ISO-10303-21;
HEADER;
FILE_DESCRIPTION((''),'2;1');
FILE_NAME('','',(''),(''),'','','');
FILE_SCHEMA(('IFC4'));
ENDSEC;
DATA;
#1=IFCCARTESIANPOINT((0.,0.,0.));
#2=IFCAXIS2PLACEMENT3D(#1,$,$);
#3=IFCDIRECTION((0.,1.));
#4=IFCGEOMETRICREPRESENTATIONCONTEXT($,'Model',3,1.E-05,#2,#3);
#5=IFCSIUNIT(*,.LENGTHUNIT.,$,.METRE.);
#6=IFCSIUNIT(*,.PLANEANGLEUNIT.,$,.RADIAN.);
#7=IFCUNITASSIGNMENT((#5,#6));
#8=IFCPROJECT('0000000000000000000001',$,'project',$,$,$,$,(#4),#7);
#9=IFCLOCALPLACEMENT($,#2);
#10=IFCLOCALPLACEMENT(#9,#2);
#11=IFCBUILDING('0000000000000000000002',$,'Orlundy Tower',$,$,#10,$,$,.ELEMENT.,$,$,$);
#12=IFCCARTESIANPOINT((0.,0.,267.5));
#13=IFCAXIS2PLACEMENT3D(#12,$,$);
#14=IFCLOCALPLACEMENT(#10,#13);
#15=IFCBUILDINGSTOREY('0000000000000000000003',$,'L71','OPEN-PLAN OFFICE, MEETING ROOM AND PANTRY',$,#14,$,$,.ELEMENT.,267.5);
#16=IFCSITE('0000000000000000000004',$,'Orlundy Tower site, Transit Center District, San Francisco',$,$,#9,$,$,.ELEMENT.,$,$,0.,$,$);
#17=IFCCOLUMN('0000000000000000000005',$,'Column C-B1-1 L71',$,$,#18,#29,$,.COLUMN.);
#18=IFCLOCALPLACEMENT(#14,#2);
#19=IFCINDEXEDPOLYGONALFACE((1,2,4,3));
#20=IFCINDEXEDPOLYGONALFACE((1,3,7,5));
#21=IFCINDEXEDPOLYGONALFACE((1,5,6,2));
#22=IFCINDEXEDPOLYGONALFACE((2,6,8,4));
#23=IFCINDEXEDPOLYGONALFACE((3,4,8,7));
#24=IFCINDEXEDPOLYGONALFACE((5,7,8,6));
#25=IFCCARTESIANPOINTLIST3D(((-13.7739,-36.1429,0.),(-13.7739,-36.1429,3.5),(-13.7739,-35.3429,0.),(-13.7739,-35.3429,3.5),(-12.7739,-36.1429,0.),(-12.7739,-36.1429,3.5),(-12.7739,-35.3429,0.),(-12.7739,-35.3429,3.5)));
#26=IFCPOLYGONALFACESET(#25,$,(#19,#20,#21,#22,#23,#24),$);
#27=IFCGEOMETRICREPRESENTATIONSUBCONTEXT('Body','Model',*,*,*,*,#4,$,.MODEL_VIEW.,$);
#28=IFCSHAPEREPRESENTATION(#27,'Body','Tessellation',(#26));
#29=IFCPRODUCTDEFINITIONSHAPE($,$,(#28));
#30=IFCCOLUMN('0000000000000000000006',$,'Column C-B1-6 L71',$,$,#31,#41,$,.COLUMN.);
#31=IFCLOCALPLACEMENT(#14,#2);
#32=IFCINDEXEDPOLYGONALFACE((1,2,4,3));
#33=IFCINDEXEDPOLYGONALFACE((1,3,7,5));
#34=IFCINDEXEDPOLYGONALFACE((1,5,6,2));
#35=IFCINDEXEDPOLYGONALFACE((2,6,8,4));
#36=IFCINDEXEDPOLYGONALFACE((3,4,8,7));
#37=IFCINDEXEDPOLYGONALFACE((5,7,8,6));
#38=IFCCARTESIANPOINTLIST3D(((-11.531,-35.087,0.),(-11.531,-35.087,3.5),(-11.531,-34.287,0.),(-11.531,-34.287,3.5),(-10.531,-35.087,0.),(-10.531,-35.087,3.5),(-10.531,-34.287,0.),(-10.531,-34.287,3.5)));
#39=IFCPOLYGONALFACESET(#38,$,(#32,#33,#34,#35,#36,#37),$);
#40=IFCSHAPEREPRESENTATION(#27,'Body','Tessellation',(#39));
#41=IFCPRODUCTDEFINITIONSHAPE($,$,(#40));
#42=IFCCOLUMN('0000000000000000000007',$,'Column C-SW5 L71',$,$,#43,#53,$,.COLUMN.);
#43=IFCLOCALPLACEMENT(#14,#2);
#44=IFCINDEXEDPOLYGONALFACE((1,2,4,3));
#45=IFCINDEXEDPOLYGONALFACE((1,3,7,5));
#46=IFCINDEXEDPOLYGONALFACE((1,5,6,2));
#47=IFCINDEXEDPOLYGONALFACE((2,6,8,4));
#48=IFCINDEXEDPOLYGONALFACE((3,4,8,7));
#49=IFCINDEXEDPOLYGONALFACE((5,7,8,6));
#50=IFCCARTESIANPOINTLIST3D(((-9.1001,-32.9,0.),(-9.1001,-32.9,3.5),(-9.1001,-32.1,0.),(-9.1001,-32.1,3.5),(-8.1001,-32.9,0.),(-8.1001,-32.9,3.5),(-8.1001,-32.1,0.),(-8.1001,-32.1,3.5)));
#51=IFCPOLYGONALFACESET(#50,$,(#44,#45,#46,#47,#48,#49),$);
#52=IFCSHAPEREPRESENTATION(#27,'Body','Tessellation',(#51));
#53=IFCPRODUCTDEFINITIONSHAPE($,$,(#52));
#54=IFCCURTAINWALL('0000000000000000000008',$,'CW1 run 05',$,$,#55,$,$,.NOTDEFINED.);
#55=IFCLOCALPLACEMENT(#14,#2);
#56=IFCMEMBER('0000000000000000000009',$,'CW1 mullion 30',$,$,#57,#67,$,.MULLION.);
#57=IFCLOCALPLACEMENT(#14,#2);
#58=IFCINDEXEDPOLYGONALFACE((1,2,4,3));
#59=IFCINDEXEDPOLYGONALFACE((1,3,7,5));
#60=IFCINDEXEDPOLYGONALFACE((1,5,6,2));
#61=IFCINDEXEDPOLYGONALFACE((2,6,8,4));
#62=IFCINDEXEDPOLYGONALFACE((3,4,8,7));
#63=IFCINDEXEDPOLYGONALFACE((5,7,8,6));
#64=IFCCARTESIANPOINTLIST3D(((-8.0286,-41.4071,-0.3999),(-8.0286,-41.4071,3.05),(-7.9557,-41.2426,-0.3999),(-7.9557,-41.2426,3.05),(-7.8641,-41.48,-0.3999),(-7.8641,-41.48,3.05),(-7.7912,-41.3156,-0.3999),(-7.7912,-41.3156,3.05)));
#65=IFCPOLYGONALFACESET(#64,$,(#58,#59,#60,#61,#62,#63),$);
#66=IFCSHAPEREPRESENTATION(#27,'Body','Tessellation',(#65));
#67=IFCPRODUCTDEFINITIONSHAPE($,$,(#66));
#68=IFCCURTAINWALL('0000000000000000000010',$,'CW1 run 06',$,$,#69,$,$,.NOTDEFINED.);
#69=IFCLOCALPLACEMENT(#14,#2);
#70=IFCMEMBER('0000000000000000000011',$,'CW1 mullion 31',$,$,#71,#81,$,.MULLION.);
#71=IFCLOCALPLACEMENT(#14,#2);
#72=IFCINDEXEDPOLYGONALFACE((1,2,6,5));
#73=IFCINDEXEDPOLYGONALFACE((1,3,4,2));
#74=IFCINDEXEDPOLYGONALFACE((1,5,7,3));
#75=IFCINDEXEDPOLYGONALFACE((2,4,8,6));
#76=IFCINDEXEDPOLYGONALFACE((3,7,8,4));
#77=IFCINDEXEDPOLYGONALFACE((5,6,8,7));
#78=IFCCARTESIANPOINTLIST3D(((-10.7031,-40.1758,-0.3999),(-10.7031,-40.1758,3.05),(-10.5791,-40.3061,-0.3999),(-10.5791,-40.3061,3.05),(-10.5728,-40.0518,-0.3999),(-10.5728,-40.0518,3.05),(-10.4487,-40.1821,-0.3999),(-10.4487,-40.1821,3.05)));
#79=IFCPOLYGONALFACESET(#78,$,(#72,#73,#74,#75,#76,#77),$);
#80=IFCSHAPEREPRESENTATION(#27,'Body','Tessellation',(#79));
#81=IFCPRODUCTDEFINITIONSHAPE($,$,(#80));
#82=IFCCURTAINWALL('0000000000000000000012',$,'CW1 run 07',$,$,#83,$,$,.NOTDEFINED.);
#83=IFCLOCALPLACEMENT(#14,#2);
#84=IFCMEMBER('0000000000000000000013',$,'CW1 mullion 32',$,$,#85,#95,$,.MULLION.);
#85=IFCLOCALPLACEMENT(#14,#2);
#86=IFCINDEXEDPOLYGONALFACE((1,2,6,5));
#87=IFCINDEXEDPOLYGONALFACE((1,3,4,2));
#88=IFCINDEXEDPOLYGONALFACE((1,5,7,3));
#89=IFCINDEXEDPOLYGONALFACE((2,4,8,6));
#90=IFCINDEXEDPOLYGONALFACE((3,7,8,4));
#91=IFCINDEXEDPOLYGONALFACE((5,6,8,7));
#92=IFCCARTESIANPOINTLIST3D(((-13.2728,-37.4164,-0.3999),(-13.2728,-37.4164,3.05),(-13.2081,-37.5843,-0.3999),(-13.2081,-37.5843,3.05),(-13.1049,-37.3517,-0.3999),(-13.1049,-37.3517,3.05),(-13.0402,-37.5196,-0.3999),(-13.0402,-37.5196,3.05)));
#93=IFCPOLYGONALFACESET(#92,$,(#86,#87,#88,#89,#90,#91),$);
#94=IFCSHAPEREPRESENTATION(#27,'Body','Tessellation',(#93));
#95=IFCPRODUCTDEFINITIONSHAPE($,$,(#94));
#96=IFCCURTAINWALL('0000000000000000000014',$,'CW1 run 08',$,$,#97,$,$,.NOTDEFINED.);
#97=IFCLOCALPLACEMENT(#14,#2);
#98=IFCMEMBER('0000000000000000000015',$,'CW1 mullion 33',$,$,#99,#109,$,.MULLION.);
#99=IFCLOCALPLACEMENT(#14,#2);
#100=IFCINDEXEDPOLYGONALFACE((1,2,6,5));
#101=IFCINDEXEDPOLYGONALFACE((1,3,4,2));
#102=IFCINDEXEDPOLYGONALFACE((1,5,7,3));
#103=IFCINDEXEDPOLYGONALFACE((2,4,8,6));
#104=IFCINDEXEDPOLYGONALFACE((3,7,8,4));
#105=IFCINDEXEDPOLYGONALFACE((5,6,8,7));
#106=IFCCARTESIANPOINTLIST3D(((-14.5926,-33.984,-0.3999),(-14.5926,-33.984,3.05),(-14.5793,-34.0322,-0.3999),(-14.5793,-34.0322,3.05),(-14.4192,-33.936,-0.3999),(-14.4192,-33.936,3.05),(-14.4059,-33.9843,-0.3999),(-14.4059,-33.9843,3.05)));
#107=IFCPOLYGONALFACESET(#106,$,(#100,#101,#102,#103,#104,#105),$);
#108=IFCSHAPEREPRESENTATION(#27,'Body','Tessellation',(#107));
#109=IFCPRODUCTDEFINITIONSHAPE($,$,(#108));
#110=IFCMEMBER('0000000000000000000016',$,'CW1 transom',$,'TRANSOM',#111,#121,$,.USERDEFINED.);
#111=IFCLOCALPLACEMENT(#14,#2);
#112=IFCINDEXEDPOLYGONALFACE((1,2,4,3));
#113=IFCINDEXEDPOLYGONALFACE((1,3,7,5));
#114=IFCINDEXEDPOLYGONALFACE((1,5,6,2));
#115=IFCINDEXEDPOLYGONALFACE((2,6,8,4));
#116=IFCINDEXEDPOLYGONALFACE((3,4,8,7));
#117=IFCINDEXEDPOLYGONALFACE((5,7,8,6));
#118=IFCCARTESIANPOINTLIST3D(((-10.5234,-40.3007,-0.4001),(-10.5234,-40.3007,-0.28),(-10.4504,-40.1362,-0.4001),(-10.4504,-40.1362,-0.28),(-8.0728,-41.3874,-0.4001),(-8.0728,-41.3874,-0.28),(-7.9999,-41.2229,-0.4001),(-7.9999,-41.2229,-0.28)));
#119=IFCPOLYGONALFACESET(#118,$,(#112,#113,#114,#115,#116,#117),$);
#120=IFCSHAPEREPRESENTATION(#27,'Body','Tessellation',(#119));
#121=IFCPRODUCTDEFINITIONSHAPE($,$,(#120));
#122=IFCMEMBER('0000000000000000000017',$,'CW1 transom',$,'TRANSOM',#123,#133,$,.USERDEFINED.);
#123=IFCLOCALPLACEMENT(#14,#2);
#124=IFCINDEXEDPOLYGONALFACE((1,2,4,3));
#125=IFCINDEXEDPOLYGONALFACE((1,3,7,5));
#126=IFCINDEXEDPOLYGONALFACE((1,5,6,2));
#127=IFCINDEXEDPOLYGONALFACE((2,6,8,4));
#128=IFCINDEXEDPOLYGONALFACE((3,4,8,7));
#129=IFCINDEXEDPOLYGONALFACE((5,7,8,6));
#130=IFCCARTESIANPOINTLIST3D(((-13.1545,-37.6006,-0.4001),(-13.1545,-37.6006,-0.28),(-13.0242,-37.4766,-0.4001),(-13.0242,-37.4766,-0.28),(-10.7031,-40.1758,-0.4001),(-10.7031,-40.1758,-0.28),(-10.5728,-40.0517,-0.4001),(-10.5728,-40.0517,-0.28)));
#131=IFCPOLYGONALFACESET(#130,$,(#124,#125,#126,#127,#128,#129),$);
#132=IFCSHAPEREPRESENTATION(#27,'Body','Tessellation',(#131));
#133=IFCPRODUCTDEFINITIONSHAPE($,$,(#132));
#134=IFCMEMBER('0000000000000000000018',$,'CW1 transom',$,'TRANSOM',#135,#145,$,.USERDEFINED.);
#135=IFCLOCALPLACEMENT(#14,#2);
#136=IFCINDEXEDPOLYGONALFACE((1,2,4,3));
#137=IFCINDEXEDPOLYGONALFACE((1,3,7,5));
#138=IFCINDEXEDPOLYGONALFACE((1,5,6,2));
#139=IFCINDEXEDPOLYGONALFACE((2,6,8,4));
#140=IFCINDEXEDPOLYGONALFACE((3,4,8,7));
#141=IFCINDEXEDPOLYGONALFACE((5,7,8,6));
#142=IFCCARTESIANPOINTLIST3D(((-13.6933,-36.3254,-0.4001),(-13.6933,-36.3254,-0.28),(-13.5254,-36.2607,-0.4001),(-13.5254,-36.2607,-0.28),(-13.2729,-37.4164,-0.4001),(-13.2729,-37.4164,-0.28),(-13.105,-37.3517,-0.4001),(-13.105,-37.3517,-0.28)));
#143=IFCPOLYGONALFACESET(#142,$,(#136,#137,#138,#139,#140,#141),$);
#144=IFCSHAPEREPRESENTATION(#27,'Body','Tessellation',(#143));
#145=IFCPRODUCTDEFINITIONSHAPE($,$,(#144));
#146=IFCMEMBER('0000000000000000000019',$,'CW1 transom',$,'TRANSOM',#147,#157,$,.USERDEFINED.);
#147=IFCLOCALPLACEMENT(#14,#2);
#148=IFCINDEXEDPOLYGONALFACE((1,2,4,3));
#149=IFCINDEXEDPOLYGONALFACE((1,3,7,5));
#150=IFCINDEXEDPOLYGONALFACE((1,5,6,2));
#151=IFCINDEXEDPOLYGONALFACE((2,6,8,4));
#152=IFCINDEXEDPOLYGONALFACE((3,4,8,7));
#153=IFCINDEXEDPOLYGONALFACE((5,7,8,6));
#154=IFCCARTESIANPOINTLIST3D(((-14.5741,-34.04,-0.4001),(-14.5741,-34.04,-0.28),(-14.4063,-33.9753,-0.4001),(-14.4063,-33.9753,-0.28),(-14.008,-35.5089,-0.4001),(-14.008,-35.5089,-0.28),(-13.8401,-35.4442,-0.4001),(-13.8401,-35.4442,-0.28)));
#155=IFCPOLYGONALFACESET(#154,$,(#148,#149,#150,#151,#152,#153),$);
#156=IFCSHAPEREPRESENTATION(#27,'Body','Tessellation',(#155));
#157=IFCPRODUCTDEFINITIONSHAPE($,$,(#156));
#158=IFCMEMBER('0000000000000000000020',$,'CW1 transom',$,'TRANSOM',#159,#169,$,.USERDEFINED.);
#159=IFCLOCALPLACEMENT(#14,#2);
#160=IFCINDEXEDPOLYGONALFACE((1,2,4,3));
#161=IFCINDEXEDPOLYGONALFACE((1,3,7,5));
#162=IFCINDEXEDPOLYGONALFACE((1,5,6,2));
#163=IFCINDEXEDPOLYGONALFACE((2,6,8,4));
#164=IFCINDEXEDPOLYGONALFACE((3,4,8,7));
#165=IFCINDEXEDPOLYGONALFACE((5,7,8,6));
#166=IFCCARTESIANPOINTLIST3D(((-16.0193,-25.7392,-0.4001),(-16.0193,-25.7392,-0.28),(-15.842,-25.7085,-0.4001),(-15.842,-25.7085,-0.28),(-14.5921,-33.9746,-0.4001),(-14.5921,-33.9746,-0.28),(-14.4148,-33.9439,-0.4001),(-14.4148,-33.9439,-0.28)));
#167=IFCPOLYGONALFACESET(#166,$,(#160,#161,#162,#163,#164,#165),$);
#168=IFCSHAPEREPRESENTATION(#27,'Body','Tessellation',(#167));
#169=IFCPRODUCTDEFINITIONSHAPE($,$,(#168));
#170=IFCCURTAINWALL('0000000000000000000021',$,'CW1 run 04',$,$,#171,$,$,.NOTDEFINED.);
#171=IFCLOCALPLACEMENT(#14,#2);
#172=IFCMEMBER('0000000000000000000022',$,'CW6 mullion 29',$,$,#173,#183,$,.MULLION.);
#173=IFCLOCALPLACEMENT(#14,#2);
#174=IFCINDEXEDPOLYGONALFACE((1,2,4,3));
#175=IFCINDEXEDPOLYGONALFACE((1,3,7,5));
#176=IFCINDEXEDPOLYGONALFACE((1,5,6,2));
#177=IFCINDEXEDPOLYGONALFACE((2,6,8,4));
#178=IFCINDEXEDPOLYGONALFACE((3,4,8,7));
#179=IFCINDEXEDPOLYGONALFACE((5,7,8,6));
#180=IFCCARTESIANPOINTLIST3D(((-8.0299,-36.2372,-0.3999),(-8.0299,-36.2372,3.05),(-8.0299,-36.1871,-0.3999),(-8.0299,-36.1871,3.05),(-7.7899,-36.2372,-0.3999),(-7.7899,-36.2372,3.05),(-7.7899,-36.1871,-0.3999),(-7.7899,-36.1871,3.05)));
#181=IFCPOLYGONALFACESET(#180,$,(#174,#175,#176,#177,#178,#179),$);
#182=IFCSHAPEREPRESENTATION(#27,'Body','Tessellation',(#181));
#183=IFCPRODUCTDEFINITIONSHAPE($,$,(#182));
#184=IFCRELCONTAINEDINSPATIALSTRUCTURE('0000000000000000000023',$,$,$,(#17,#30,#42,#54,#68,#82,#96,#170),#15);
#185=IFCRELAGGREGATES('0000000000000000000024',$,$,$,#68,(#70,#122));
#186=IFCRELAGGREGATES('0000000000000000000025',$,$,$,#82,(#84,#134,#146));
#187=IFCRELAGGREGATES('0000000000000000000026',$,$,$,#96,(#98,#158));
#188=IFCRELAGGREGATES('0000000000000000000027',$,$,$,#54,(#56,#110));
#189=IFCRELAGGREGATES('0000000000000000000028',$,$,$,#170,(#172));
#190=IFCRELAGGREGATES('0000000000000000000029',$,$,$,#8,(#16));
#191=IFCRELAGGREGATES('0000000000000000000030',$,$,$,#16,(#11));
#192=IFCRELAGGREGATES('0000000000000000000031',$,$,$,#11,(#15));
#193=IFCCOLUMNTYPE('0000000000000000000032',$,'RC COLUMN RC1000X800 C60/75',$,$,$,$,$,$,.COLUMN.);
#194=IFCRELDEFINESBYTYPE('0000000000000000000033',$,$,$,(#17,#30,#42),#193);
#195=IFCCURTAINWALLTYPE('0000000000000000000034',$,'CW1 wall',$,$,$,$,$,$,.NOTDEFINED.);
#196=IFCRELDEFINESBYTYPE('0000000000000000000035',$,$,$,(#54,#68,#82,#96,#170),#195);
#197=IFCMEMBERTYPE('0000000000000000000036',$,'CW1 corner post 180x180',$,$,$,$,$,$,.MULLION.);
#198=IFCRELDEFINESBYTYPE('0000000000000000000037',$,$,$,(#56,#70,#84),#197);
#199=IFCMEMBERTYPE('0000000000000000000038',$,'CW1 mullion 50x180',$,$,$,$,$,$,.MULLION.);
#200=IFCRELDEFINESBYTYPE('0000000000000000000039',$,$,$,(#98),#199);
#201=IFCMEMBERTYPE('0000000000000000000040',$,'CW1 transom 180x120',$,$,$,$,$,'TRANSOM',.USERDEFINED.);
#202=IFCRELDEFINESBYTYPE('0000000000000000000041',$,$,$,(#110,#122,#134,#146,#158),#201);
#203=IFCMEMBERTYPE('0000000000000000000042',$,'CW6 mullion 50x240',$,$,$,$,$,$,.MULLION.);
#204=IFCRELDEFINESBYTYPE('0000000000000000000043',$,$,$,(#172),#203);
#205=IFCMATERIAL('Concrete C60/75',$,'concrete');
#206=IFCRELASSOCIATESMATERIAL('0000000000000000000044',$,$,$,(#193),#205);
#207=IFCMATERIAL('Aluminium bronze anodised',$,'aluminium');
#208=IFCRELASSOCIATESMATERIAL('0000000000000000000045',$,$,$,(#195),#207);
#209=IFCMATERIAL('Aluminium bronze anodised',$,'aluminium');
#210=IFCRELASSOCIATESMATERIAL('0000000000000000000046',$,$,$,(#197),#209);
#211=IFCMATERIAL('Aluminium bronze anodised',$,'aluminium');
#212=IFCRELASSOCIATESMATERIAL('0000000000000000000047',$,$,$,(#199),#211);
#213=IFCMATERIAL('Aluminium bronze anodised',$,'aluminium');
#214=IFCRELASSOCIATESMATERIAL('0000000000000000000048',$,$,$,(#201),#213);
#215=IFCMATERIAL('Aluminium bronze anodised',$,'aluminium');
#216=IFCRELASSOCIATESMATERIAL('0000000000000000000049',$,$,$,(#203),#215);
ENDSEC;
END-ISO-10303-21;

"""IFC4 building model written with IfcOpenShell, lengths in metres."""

from ifc_helpers import new_model, si_unit, direction, frame, origin, origin_2d, place, context, subcontext, project, spatial, rectangle, extrude, material, material_profile, profile_set, type_object, element, aggregate, save


model = new_model("IFC4")

# Units and contexts
model_context = context("Model", 3, precision=1e-05, world=origin(), true_north=direction((0.0, 1.0)))
body_context = subcontext(model_context, "Body", "Model", "MODEL_VIEW")
ifc_project = project(units=[si_unit("LENGTHUNIT", "METRE"), si_unit("PLANEANGLEUNIT", "RADIAN")], contexts=[model_context])

# Site, building, storey
site_placement = place(None, origin())
site = spatial("IfcSite", under=ifc_project, at=site_placement, Name="Orlundy Tower site, Transit Center District, San Francisco", CompositionType="ELEMENT", RefElevation=0.0)
building_placement = place(site_placement, origin())
building = spatial("IfcBuilding", under=site, at=building_placement, Name="Orlundy Tower", CompositionType="ELEMENT")
storey_placement = place(building_placement, frame((0.0, 0.0, 267.5)))
storey = spatial("IfcBuildingStorey", under=building, at=storey_placement, Name="L71", Description="OPEN-PLAN OFFICE, MEETING ROOM AND PANTRY", CompositionType="ELEMENT", Elevation=267.5)

# Columns
ifc_material_1 = material(Name="Concrete C60/75", Category="concrete")
ifc_material_profile_1 = material_profile(ifc_material_1, rectangle(XDim=1.0, YDim=0.8, at=origin_2d()), Name="RC1000X800")
ifc_profile_set_1 = profile_set([ifc_material_profile_1], Name="Concrete C60/75")
column_type = type_object("IfcColumnType", Name="RC COLUMN RC1000X800 C60/75", PredefinedType="COLUMN", material=ifc_profile_set_1)
for number, where, z_axis, x_axis, name in (
    (1, (-13.2739, -35.7429, 0.0), (0.0, 0.0, 1.0), (1.0, 0.0, 0.0), "Column C-B1-1 L71"),
    (2, (-11.031, -34.687, 0.0), (0.0, 0.0, 1.0), (1.0, 0.0, 0.0), "Column C-B1-6 L71"),
    (3, (-8.6001, -32.5, 0.0), (0.0, 0.0, 1.0), (1.0, 0.0, 0.0), "Column C-SW5 L71"),
):
    element("IfcColumn", number, at=place(storey_placement, frame(where, z_axis=z_axis, x_axis=x_axis)), inside=storey, type_object=column_type, Name=name, PredefinedType="COLUMN", context=body_context, shape_type="SweptSolid", body=[
        extrude(rectangle(XDim=1.0, YDim=0.8, at=origin_2d()), origin(), (0.0, 0.0, 1.0), 3.5),
    ])

# Curtain walls, members
ifc_material_2 = material(Name="Aluminium bronze anodised", Category="aluminium")
curtain_wall_type = type_object("IfcCurtainWallType", Name="CW1 wall", PredefinedType="NOTDEFINED", material=ifc_material_2)
curtain_wall_1_placement = place(storey_placement, origin())
curtain_wall_1 = element("IfcCurtainWall", 4, at=curtain_wall_1_placement, inside=storey, type_object=curtain_wall_type, Name="CW1 run 05", PredefinedType="NOTDEFINED")
ifc_material_3 = material(Name="Aluminium bronze anodised", Category="aluminium")
ifc_material_profile_2 = material_profile(ifc_material_3, rectangle(XDim=0.1799, YDim=0.1799, at=origin_2d()), Name="CW1 corner post 180x180")
ifc_profile_set_2 = profile_set([ifc_material_profile_2], Name="Aluminium bronze anodised")
member_type_1 = type_object("IfcMemberType", Name="CW1 corner post 180x180", PredefinedType="MULLION", material=ifc_profile_set_2)
member_1_placement = place(storey_placement, frame((-7.9099, -41.3613, -0.3999), z_axis=(0.0, 0.0, 1.0), x_axis=(-0.405432, -0.914125, 0.0)))
member_1 = element("IfcMember", 5, at=member_1_placement, type_object=member_type_1, Name="CW1 mullion 30", PredefinedType="MULLION", context=body_context, shape_type="SweptSolid", body=[
    extrude(rectangle(XDim=0.1799, YDim=0.1799, at=origin_2d()), origin(), (0.0, 0.0, 1.0), 3.45),
])
curtain_wall_2_placement = place(storey_placement, origin())
curtain_wall_2 = element("IfcCurtainWall", 6, at=curtain_wall_2_placement, inside=storey, type_object=curtain_wall_type, Name="CW1 run 06", PredefinedType="NOTDEFINED")
member_2_placement = place(storey_placement, frame((-10.5759, -40.179, -0.3999), z_axis=(0.0, 0.0, 1.0), x_axis=(-0.724292, -0.689493, 0.0)))
member_2 = element("IfcMember", 7, at=member_2_placement, type_object=member_type_1, Name="CW1 mullion 31", PredefinedType="MULLION", context=body_context, shape_type="SweptSolid", body=[
    extrude(rectangle(XDim=0.1799, YDim=0.1799, at=origin_2d()), origin(), (0.0, 0.0, 1.0), 3.45),
])
curtain_wall_3_placement = place(storey_placement, origin())
curtain_wall_3 = element("IfcCurtainWall", 8, at=curtain_wall_3_placement, inside=storey, type_object=curtain_wall_type, Name="CW1 run 07", PredefinedType="NOTDEFINED")
member_3_placement = place(storey_placement, frame((-13.1565, -37.468, -0.3999), z_axis=(0.0, 0.0, 1.0), x_axis=(-0.933109, -0.359594, 0.0)))
member_3 = element("IfcMember", 9, at=member_3_placement, type_object=member_type_1, Name="CW1 mullion 32", PredefinedType="MULLION", context=body_context, shape_type="SweptSolid", body=[
    extrude(rectangle(XDim=0.1799, YDim=0.1799, at=origin_2d()), origin(), (0.0, 0.0, 1.0), 3.45),
])
curtain_wall_4_placement = place(storey_placement, origin())
curtain_wall_4 = element("IfcCurtainWall", 10, at=curtain_wall_4_placement, inside=storey, type_object=curtain_wall_type, Name="CW1 run 08", PredefinedType="NOTDEFINED")
ifc_material_4 = material(Name="Aluminium bronze anodised", Category="aluminium")
ifc_material_profile_3 = material_profile(ifc_material_4, rectangle(XDim=0.1799, YDim=0.05, at=origin_2d()), Name="CW1 mullion 50x180")
ifc_profile_set_3 = profile_set([ifc_material_profile_3], Name="Aluminium bronze anodised")
member_type_2 = type_object("IfcMemberType", Name="CW1 mullion 50x180", PredefinedType="MULLION", material=ifc_profile_set_3)
member_4_placement = place(storey_placement, frame((-14.4993, -33.9841, -0.3999), z_axis=(0.0, 0.0, 1.0), x_axis=(-0.963846, -0.26646, 0.0)))
member_4 = element("IfcMember", 11, at=member_4_placement, type_object=member_type_2, Name="CW1 mullion 33", PredefinedType="MULLION", context=body_context, shape_type="SweptSolid", body=[
    extrude(rectangle(XDim=0.1799, YDim=0.05, at=origin_2d()), origin(), (0.0, 0.0, 1.0), 3.45),
])

# Members
ifc_material_5 = material(Name="Aluminium bronze anodised", Category="aluminium")
ifc_material_profile_4 = material_profile(ifc_material_5, rectangle(XDim=0.1799, YDim=0.1201, at=origin_2d()), Name="CW1 transom 180x120")
ifc_profile_set_4 = profile_set([ifc_material_profile_4], Name="Aluminium bronze anodised")
member_type_3 = type_object("IfcMemberType", Name="CW1 transom 180x120", ElementType="TRANSOM", PredefinedType="USERDEFINED", material=ifc_profile_set_4)
member_5_placement = place(storey_placement, frame((-8.0364, -41.3052, -0.3401), z_axis=(-0.914146, 0.405386, 0.0), x_axis=(-0.405386, -0.914146, 0.0)))
member_5 = element("IfcMember", 12, at=member_5_placement, type_object=member_type_3, Name="CW1 transom", ObjectType="TRANSOM", PredefinedType="USERDEFINED", context=body_context, shape_type="SweptSolid", body=[
    extrude(rectangle(XDim=0.1799, YDim=0.1201, at=origin_2d()), origin(), (0.0, 0.0, 1.0), 2.6807),
])
member_6_placement = place(storey_placement, frame((-10.6379, -40.1138, -0.3401), z_axis=(-0.689485, 0.7243, 0.0), x_axis=(-0.7243, -0.689485, 0.0)))
member_6 = element("IfcMember", 13, at=member_6_placement, type_object=member_type_3, Name="CW1 transom", ObjectType="TRANSOM", PredefinedType="USERDEFINED", context=body_context, shape_type="SweptSolid", body=[
    extrude(rectangle(XDim=0.1799, YDim=0.1201, at=origin_2d()), origin(), (0.0, 0.0, 1.0), 3.5554),
])
member_7_placement = place(storey_placement, frame((-13.189, -37.384, -0.3401), z_axis=(-0.359553, 0.933125, 0.0), x_axis=(-0.933125, -0.359553, 0.0)))
member_7 = element("IfcMember", 14, at=member_7_placement, type_object=member_type_3, Name="CW1 transom", ObjectType="TRANSOM", PredefinedType="USERDEFINED", context=body_context, shape_type="SweptSolid", body=[
    extrude(rectangle(XDim=0.1799, YDim=0.1201, at=origin_2d()), origin(), (0.0, 0.0, 1.0), 1.1692),
])
member_8_placement = place(storey_placement, frame((-13.9241, -35.4766, -0.3401), z_axis=(-0.359623, 0.933098, 0.0), x_axis=(-0.933098, -0.359623, 0.0)))
member_8 = element("IfcMember", 15, at=member_8_placement, type_object=member_type_3, Name="CW1 transom", ObjectType="TRANSOM", PredefinedType="USERDEFINED", context=body_context, shape_type="SweptSolid", body=[
    extrude(rectangle(XDim=0.1799, YDim=0.1201, at=origin_2d()), origin(), (0.0, 0.0, 1.0), 1.5742),
])
member_9_placement = place(storey_placement, frame((-14.5034, -33.9592, -0.3401), z_axis=(-0.170762, 0.985312, 0.0), x_axis=(-0.985312, -0.170762, 0.0)))
member_9 = element("IfcMember", 16, at=member_9_placement, type_object=member_type_3, Name="CW1 transom", ObjectType="TRANSOM", PredefinedType="USERDEFINED", context=body_context, shape_type="SweptSolid", body=[
    extrude(rectangle(XDim=0.1799, YDim=0.1201, at=origin_2d()), origin(), (0.0, 0.0, 1.0), 8.3582),
])

# Curtain wall, member
curtain_wall_5_placement = place(storey_placement, origin())
curtain_wall_5 = element("IfcCurtainWall", 17, at=curtain_wall_5_placement, inside=storey, type_object=curtain_wall_type, Name="CW1 run 04", PredefinedType="NOTDEFINED")
ifc_material_6 = material(Name="Aluminium bronze anodised", Category="aluminium")
ifc_material_profile_5 = material_profile(ifc_material_6, rectangle(XDim=0.24, YDim=0.05, at=origin_2d()), Name="CW6 mullion 50x240")
ifc_profile_set_5 = profile_set([ifc_material_profile_5], Name="Aluminium bronze anodised")
member_type_4 = type_object("IfcMemberType", Name="CW6 mullion 50x240", PredefinedType="MULLION", material=ifc_profile_set_5)
member_10_placement = place(storey_placement, frame((-7.9099, -36.2122, -0.3999), z_axis=(0.0, 0.0, 1.0), x_axis=(1.0, 0.0, 0.0)))
member_10 = element("IfcMember", 18, at=member_10_placement, type_object=member_type_4, Name="CW6 mullion 29", PredefinedType="MULLION", context=body_context, shape_type="SweptSolid", body=[
    extrude(rectangle(XDim=0.24, YDim=0.05, at=origin_2d()), origin(), (0.0, 0.0, 1.0), 3.45),
])

aggregate(curtain_wall_2, [member_2, member_6])
aggregate(curtain_wall_3, [member_3, member_7, member_8])
aggregate(curtain_wall_4, [member_4, member_9])
aggregate(curtain_wall_1, [member_1, member_5])
aggregate(curtain_wall_5, [member_10])

save(model, "model.ifc")
